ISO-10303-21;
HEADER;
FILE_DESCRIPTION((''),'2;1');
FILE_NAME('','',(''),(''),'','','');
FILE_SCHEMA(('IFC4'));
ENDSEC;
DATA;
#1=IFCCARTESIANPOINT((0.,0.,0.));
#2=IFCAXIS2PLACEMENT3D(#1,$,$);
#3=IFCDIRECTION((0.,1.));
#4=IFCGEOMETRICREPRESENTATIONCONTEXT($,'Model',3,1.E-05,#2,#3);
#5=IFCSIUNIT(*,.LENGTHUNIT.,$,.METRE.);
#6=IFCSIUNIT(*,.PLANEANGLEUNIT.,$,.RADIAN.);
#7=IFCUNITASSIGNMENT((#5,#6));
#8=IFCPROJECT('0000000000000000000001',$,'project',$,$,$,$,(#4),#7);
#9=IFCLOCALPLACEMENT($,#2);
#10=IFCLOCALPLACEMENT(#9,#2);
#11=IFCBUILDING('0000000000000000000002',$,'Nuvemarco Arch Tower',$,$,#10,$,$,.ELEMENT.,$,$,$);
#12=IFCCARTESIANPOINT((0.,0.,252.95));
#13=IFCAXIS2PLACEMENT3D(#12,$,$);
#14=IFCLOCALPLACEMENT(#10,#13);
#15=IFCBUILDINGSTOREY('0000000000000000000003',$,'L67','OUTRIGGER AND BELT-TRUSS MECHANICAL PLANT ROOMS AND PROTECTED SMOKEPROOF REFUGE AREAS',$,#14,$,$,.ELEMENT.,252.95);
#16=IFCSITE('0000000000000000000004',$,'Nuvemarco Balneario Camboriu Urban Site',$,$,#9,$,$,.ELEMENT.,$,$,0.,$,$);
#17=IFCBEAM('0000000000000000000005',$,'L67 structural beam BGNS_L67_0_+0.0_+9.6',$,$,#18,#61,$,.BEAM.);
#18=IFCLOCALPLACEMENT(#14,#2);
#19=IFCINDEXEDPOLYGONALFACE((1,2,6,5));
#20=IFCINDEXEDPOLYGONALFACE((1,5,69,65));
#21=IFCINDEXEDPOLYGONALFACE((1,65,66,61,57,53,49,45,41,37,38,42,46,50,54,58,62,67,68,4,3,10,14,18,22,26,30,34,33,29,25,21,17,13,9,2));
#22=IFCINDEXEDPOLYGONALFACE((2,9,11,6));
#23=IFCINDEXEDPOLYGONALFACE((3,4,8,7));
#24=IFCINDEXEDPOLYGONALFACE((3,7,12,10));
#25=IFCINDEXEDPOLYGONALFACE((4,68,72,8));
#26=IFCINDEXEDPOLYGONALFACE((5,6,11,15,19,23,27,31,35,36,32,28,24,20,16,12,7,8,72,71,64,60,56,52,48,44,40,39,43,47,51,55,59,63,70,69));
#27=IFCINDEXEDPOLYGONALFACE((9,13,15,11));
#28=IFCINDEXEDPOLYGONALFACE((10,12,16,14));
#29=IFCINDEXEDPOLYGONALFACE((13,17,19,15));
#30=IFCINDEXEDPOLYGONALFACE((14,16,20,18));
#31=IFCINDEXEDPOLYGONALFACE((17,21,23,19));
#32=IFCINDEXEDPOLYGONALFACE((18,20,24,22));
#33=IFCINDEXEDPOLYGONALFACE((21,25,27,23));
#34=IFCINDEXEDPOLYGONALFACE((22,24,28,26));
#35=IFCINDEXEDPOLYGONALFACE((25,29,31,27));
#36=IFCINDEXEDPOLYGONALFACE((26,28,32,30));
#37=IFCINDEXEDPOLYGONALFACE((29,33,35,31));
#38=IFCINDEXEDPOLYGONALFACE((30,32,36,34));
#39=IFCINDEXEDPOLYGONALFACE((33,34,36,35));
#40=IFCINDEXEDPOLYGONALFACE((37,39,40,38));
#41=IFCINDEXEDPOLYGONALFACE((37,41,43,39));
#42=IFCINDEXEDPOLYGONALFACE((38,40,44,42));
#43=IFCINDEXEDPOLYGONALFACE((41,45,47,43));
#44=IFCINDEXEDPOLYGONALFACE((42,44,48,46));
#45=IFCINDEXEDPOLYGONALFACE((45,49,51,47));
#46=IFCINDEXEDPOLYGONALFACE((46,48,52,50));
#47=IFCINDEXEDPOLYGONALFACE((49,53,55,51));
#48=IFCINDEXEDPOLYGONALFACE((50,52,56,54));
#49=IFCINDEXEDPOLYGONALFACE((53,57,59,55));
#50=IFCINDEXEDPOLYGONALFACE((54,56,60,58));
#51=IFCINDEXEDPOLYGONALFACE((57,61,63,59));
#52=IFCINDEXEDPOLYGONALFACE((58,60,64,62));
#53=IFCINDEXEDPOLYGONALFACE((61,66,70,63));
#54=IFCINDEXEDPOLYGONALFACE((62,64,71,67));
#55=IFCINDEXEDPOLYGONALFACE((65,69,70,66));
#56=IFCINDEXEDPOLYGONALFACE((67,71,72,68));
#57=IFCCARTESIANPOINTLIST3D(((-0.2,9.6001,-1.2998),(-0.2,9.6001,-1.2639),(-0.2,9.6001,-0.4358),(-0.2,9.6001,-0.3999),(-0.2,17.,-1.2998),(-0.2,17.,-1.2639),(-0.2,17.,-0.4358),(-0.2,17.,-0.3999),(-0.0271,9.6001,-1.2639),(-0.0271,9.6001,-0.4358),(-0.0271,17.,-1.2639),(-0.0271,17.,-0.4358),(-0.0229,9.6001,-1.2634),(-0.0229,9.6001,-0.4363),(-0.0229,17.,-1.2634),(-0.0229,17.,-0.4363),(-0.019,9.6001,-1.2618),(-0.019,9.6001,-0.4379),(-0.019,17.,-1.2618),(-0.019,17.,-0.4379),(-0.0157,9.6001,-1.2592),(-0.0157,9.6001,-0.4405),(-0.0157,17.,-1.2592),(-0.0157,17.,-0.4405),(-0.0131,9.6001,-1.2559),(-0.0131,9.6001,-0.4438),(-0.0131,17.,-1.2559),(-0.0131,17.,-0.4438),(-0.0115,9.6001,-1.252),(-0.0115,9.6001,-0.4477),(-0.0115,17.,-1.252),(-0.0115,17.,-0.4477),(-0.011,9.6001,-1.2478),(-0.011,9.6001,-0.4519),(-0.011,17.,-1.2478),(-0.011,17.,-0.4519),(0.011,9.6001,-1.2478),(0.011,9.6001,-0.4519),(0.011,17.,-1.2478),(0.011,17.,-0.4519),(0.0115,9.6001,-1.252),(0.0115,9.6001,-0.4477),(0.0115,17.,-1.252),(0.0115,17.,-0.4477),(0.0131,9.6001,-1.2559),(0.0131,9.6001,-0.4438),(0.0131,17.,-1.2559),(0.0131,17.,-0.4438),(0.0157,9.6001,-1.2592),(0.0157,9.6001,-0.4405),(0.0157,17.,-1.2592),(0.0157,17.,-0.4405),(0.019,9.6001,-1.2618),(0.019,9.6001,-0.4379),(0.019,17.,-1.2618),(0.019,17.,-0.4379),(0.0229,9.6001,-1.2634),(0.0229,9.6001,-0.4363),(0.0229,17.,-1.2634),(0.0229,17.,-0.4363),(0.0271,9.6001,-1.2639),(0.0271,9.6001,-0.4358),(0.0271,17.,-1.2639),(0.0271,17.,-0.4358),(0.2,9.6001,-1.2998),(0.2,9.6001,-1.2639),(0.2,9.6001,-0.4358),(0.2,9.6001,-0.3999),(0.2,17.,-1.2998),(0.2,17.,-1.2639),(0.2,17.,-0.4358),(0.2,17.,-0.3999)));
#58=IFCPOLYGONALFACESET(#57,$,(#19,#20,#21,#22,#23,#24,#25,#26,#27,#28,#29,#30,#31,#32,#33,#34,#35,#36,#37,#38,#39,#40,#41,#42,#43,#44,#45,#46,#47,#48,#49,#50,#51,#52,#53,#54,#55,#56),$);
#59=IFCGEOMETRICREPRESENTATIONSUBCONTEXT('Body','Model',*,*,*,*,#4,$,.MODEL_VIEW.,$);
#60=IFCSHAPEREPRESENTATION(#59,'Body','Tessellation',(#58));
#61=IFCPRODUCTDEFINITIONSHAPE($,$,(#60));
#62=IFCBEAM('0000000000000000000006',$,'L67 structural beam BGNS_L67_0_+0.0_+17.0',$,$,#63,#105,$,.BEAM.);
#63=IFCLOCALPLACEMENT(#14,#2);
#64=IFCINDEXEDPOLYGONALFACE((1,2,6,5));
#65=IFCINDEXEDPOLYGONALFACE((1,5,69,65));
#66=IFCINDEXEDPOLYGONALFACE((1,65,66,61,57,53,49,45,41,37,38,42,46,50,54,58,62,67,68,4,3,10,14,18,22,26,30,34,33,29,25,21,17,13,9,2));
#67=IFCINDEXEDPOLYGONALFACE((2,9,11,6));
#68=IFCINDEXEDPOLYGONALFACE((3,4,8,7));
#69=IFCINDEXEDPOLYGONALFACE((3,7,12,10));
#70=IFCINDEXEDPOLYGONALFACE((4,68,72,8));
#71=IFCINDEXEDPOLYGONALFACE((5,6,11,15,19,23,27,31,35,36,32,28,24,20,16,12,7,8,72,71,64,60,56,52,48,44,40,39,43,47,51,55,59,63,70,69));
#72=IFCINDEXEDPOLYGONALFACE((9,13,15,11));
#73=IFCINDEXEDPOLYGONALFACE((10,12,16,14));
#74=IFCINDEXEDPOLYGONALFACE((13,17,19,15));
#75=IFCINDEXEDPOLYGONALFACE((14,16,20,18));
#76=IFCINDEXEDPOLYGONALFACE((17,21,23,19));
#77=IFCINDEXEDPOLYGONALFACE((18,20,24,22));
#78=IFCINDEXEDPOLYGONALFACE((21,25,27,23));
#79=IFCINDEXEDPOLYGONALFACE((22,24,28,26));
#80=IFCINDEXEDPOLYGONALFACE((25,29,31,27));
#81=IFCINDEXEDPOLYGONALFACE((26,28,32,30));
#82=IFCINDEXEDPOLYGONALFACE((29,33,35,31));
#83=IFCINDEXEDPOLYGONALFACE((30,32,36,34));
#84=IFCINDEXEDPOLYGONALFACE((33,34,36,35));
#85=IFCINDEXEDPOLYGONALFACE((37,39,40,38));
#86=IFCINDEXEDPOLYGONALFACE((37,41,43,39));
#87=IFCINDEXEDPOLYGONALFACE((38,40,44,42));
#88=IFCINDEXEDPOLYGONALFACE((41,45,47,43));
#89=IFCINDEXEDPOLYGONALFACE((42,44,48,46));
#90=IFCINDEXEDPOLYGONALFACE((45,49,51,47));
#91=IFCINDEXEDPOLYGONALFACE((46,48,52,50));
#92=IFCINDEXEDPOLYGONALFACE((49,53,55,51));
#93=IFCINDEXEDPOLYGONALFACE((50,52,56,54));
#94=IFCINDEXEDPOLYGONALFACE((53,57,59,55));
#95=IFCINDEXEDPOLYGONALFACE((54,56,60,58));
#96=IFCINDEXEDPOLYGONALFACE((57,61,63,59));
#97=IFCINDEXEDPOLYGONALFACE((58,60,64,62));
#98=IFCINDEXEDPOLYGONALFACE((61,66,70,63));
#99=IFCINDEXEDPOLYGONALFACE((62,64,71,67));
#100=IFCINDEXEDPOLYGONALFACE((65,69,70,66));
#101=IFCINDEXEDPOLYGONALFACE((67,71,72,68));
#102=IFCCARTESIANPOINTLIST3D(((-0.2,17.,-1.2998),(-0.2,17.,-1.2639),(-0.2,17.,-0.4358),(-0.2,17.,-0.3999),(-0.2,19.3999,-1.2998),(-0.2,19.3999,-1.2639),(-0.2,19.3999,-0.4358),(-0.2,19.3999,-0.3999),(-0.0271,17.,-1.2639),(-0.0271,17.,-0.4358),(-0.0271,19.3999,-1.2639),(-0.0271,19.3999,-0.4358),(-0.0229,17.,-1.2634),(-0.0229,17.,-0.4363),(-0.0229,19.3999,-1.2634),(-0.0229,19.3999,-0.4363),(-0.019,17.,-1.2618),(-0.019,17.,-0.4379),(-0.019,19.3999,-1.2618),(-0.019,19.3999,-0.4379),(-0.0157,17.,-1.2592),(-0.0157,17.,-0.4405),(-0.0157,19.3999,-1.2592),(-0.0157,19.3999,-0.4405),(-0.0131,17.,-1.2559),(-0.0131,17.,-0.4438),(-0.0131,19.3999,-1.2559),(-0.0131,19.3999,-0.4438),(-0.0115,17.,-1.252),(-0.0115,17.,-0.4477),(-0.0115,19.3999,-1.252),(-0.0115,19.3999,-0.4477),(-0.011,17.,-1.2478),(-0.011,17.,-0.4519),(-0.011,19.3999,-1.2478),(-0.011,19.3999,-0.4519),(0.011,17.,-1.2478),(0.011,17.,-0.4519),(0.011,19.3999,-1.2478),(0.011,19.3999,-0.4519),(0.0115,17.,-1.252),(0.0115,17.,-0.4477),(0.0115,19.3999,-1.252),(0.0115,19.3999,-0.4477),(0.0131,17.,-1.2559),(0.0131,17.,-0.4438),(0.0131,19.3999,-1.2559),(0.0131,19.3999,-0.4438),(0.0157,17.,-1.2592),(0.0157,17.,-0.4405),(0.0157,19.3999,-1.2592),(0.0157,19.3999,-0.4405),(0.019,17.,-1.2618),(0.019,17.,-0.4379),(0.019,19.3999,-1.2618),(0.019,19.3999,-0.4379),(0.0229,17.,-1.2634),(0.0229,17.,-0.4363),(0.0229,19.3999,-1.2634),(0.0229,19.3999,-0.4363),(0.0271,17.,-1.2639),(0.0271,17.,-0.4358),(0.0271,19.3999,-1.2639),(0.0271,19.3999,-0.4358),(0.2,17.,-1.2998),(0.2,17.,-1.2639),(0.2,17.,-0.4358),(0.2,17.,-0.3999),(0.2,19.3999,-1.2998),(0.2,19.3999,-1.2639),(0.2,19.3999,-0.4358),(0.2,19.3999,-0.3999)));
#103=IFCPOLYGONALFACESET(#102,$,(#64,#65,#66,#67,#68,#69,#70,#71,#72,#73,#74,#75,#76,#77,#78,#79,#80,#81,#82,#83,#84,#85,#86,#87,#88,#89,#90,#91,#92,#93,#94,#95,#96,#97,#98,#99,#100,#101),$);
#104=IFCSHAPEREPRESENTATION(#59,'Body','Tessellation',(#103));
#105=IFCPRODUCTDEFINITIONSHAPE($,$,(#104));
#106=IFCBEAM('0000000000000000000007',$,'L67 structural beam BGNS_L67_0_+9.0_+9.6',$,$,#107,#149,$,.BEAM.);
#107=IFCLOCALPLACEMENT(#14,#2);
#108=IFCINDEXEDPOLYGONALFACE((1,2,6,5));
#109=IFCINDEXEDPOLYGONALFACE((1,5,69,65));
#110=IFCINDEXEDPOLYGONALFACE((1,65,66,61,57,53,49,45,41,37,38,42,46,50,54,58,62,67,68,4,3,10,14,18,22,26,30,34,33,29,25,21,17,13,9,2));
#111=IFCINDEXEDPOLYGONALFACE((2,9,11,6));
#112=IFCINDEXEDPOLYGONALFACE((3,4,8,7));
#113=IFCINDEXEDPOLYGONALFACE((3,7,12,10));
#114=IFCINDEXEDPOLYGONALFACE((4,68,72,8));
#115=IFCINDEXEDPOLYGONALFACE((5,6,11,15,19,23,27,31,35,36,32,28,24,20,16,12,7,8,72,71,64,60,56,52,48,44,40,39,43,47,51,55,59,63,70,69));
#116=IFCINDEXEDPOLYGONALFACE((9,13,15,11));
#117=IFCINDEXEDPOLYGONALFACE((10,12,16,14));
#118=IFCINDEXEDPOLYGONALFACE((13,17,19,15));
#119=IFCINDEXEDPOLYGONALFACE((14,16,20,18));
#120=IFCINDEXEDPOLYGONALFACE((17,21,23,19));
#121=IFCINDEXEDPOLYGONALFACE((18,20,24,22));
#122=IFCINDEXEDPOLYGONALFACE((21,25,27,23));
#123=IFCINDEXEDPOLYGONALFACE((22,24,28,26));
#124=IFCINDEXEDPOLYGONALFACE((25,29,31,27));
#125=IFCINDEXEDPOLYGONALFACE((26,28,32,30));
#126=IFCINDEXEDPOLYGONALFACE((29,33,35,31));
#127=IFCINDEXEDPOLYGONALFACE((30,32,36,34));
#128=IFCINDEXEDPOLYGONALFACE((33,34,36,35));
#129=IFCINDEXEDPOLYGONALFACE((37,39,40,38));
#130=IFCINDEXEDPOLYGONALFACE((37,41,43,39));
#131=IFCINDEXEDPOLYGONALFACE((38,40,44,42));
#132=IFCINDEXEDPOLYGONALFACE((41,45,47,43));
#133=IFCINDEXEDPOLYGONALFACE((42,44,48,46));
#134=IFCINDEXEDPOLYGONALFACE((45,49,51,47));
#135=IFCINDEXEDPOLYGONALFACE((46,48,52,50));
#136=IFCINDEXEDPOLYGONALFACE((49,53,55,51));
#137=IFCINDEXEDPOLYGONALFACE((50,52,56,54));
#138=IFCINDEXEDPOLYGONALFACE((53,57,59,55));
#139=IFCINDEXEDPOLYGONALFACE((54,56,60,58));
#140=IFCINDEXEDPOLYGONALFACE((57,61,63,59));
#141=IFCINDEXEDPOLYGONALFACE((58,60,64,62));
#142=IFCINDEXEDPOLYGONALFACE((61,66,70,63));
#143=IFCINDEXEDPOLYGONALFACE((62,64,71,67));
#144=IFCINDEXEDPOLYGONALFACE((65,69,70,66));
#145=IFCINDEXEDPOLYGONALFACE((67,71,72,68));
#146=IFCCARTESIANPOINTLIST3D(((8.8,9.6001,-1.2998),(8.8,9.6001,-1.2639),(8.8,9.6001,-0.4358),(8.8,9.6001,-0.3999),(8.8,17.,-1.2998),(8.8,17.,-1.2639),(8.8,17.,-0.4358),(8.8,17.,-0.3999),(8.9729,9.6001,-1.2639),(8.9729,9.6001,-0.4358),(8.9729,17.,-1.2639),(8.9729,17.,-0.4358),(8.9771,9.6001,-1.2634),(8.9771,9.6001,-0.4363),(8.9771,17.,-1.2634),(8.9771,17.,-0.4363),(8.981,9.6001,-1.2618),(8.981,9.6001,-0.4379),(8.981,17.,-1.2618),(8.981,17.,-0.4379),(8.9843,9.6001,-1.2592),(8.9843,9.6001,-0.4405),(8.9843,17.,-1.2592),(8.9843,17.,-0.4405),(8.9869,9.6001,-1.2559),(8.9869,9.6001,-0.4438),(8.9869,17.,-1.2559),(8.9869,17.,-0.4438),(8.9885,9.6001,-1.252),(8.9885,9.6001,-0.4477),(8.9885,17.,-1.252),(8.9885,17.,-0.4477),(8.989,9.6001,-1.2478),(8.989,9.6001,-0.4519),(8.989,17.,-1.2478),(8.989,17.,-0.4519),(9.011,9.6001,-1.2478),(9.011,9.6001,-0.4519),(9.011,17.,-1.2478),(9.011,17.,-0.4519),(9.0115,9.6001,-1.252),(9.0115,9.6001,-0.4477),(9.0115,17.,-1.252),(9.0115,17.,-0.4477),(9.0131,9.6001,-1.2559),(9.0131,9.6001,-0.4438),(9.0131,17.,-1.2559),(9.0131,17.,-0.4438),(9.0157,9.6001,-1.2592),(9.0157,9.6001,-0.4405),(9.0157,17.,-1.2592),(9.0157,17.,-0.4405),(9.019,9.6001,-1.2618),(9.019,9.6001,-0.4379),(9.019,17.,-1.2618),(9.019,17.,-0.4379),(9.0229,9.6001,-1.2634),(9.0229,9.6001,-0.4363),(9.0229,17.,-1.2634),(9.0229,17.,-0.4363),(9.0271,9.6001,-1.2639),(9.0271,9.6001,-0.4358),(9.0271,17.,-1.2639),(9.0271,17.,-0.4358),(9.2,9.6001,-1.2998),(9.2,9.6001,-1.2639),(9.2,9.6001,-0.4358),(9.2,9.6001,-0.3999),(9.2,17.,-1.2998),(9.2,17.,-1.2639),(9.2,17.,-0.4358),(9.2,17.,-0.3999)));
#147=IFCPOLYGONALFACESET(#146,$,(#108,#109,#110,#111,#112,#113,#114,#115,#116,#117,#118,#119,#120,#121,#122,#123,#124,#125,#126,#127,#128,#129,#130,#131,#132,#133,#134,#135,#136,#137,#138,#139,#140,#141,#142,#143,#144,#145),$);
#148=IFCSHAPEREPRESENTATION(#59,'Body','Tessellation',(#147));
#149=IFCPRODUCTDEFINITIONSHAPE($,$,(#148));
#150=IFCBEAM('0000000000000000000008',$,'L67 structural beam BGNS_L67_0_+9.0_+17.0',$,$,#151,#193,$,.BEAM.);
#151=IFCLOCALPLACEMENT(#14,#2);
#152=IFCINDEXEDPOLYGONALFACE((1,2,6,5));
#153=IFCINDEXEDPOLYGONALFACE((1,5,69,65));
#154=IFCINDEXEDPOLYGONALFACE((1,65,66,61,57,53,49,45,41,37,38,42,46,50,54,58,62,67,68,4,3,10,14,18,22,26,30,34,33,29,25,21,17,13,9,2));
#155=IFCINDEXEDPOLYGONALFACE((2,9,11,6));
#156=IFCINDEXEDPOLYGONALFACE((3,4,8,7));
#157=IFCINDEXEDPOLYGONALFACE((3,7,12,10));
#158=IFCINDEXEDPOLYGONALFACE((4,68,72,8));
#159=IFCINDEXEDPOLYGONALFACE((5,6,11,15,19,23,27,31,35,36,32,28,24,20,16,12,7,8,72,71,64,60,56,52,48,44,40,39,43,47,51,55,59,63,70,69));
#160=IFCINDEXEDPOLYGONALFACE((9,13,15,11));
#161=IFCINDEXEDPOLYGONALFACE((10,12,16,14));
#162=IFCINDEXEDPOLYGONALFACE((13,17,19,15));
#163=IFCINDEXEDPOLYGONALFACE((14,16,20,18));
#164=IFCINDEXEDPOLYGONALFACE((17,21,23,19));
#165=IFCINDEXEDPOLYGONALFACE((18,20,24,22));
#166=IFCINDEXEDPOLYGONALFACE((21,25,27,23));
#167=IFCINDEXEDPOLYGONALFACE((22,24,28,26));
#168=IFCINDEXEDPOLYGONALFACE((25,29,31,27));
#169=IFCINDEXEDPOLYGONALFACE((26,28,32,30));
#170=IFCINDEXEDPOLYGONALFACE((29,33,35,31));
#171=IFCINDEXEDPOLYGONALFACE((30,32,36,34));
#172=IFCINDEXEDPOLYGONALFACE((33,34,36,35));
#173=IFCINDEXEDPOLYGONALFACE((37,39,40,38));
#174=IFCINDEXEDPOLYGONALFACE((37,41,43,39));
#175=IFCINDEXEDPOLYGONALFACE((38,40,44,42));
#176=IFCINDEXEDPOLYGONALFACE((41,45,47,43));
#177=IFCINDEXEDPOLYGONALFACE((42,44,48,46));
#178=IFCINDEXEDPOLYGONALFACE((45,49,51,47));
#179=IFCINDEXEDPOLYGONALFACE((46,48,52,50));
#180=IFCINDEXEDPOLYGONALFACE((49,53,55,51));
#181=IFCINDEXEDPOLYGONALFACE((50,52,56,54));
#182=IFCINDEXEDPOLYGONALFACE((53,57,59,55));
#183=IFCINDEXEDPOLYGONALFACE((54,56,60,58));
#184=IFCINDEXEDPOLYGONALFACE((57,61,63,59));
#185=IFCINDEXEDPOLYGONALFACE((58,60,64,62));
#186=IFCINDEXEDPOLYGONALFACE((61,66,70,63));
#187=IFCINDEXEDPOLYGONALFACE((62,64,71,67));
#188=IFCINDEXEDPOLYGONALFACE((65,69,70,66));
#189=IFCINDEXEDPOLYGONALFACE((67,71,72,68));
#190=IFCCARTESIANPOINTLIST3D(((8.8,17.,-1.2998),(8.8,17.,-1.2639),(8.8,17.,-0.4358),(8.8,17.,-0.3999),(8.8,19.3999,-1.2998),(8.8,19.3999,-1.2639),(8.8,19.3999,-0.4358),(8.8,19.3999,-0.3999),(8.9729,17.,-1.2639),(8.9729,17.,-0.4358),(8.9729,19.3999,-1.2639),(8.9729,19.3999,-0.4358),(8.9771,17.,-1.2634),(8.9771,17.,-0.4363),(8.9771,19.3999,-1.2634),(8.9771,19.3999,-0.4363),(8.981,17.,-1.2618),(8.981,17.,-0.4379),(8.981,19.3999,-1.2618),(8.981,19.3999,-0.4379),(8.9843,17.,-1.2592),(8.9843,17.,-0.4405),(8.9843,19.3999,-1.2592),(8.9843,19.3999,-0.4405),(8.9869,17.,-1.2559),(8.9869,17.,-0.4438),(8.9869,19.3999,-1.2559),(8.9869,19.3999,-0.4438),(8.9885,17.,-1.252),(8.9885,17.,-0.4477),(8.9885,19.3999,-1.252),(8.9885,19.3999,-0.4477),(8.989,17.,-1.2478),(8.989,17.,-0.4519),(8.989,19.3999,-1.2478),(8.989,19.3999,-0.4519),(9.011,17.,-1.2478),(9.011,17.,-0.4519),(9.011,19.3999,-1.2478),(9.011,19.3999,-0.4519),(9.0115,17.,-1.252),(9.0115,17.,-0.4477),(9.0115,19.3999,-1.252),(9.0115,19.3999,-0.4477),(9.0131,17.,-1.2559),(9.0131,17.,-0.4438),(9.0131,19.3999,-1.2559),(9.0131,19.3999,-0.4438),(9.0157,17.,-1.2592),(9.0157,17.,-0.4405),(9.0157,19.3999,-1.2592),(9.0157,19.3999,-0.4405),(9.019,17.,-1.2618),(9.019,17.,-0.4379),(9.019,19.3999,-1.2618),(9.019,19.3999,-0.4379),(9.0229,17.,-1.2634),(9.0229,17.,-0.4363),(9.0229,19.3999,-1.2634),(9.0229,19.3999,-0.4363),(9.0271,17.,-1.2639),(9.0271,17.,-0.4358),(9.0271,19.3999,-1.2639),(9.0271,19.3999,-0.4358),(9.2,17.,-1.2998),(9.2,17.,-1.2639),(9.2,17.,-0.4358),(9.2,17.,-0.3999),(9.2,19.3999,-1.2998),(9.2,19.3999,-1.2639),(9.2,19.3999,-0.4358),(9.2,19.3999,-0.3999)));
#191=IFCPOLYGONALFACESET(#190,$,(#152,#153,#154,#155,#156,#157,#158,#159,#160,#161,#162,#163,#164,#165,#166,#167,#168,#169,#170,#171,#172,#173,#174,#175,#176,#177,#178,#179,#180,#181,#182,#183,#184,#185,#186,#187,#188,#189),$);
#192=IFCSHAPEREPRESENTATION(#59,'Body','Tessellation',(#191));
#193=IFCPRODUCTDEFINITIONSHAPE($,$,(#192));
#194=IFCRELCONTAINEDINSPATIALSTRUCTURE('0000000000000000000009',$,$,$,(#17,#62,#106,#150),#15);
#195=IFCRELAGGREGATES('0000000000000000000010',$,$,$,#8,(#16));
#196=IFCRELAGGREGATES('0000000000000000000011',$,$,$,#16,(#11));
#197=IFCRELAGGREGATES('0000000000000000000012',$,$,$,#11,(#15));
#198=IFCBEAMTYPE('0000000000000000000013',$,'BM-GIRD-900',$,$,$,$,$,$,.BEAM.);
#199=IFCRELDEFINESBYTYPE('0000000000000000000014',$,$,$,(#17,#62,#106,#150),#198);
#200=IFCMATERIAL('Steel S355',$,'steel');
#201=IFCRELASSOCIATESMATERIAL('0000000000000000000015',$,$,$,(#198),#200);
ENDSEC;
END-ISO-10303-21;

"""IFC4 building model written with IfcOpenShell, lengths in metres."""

from ifc_helpers import new_model, si_unit, direction, frame, origin, origin_2d, place, context, subcontext, project, spatial, i_section, extrude, material, material_profile, profile_set, type_object, element, save


model = new_model("IFC4")

# Units and contexts
model_context = context("Model", 3, precision=1e-05, world=origin(), true_north=direction((0.0, 1.0)))
body_context = subcontext(model_context, "Body", "Model", "MODEL_VIEW")
ifc_project = project(units=[si_unit("LENGTHUNIT", "METRE"), si_unit("PLANEANGLEUNIT", "RADIAN")], contexts=[model_context])

# Site, building, storey
site_placement = place(None, origin())
site = spatial("IfcSite", under=ifc_project, at=site_placement, Name="Nuvemarco Balneario Camboriu Urban Site", CompositionType="ELEMENT", RefElevation=0.0)
building_placement = place(site_placement, origin())
building = spatial("IfcBuilding", under=site, at=building_placement, Name="Nuvemarco Arch Tower", CompositionType="ELEMENT")
storey_placement = place(building_placement, frame((0.0, 0.0, 252.95)))
storey = spatial("IfcBuildingStorey", under=building, at=storey_placement, Name="L67", Description="OUTRIGGER AND BELT-TRUSS MECHANICAL PLANT ROOMS AND PROTECTED SMOKEPROOF REFUGE AREAS", CompositionType="ELEMENT", Elevation=252.95)

# Shared definitions
ifc_material_1 = material(Name="Steel S355", Category="steel")

# Beams
ifc_material_profile_1 = material_profile(ifc_material_1, i_section(OverallWidth=0.3999, OverallDepth=0.8999, WebThickness=0.022, FlangeThickness=0.0359, FilletRadius=0.0161, at=origin_2d()), Name="PG900x400")
ifc_profile_set_1 = profile_set([ifc_material_profile_1], Name="Steel S355")
beam_type_1 = type_object("IfcBeamType", Name="BM-GIRD-900", PredefinedType="BEAM", material=ifc_profile_set_1)
beam_1_placement = place(storey_placement, frame((0.0, 9.6001, -0.8499), z_axis=(0.0, 1.0, 0.0), x_axis=(-1.0, 0.0, 0.0)))
element("IfcBeam", 1, at=beam_1_placement, inside=storey, type_object=beam_type_1, Name="L67 structural beam BGNS_L67_0_+0.0_+9.6", PredefinedType="BEAM", context=body_context, shape_type="SweptSolid", body=[
    extrude(i_section(OverallWidth=0.3999, OverallDepth=0.8999, WebThickness=0.022, FlangeThickness=0.0359, FilletRadius=0.0161, at=origin_2d()), origin(), (0.0, 0.0, 1.0), 7.3999),
])
beam_2_placement = place(storey_placement, frame((0.0, 17.0, -0.8499), z_axis=(0.0, 1.0, 0.0), x_axis=(-1.0, 0.0, 0.0)))
element("IfcBeam", 2, at=beam_2_placement, inside=storey, type_object=beam_type_1, Name="L67 structural beam BGNS_L67_0_+0.0_+17.0", PredefinedType="BEAM", context=body_context, shape_type="SweptSolid", body=[
    extrude(i_section(OverallWidth=0.3999, OverallDepth=0.8999, WebThickness=0.022, FlangeThickness=0.0359, FilletRadius=0.0161, at=origin_2d()), origin(), (0.0, 0.0, 1.0), 2.3999),
])
beam_3_placement = place(storey_placement, frame((9.0, 9.6001, -0.8499), z_axis=(0.0, 1.0, 0.0), x_axis=(-1.0, 0.0, 0.0)))
element("IfcBeam", 3, at=beam_3_placement, inside=storey, type_object=beam_type_1, Name="L67 structural beam BGNS_L67_0_+9.0_+9.6", PredefinedType="BEAM", context=body_context, shape_type="SweptSolid", body=[
    extrude(i_section(OverallWidth=0.3999, OverallDepth=0.8999, WebThickness=0.022, FlangeThickness=0.0359, FilletRadius=0.0161, at=origin_2d()), origin(), (0.0, 0.0, 1.0), 7.3999),
])
beam_4_placement = place(storey_placement, frame((9.0, 17.0, -0.8499), z_axis=(0.0, 1.0, 0.0), x_axis=(-1.0, 0.0, 0.0)))
element("IfcBeam", 4, at=beam_4_placement, inside=storey, type_object=beam_type_1, Name="L67 structural beam BGNS_L67_0_+9.0_+17.0", PredefinedType="BEAM", context=body_context, shape_type="SweptSolid", body=[
    extrude(i_section(OverallWidth=0.3999, OverallDepth=0.8999, WebThickness=0.022, FlangeThickness=0.0359, FilletRadius=0.0161, at=origin_2d()), origin(), (0.0, 0.0, 1.0), 2.3999),
])

save(model, "model.ifc")
